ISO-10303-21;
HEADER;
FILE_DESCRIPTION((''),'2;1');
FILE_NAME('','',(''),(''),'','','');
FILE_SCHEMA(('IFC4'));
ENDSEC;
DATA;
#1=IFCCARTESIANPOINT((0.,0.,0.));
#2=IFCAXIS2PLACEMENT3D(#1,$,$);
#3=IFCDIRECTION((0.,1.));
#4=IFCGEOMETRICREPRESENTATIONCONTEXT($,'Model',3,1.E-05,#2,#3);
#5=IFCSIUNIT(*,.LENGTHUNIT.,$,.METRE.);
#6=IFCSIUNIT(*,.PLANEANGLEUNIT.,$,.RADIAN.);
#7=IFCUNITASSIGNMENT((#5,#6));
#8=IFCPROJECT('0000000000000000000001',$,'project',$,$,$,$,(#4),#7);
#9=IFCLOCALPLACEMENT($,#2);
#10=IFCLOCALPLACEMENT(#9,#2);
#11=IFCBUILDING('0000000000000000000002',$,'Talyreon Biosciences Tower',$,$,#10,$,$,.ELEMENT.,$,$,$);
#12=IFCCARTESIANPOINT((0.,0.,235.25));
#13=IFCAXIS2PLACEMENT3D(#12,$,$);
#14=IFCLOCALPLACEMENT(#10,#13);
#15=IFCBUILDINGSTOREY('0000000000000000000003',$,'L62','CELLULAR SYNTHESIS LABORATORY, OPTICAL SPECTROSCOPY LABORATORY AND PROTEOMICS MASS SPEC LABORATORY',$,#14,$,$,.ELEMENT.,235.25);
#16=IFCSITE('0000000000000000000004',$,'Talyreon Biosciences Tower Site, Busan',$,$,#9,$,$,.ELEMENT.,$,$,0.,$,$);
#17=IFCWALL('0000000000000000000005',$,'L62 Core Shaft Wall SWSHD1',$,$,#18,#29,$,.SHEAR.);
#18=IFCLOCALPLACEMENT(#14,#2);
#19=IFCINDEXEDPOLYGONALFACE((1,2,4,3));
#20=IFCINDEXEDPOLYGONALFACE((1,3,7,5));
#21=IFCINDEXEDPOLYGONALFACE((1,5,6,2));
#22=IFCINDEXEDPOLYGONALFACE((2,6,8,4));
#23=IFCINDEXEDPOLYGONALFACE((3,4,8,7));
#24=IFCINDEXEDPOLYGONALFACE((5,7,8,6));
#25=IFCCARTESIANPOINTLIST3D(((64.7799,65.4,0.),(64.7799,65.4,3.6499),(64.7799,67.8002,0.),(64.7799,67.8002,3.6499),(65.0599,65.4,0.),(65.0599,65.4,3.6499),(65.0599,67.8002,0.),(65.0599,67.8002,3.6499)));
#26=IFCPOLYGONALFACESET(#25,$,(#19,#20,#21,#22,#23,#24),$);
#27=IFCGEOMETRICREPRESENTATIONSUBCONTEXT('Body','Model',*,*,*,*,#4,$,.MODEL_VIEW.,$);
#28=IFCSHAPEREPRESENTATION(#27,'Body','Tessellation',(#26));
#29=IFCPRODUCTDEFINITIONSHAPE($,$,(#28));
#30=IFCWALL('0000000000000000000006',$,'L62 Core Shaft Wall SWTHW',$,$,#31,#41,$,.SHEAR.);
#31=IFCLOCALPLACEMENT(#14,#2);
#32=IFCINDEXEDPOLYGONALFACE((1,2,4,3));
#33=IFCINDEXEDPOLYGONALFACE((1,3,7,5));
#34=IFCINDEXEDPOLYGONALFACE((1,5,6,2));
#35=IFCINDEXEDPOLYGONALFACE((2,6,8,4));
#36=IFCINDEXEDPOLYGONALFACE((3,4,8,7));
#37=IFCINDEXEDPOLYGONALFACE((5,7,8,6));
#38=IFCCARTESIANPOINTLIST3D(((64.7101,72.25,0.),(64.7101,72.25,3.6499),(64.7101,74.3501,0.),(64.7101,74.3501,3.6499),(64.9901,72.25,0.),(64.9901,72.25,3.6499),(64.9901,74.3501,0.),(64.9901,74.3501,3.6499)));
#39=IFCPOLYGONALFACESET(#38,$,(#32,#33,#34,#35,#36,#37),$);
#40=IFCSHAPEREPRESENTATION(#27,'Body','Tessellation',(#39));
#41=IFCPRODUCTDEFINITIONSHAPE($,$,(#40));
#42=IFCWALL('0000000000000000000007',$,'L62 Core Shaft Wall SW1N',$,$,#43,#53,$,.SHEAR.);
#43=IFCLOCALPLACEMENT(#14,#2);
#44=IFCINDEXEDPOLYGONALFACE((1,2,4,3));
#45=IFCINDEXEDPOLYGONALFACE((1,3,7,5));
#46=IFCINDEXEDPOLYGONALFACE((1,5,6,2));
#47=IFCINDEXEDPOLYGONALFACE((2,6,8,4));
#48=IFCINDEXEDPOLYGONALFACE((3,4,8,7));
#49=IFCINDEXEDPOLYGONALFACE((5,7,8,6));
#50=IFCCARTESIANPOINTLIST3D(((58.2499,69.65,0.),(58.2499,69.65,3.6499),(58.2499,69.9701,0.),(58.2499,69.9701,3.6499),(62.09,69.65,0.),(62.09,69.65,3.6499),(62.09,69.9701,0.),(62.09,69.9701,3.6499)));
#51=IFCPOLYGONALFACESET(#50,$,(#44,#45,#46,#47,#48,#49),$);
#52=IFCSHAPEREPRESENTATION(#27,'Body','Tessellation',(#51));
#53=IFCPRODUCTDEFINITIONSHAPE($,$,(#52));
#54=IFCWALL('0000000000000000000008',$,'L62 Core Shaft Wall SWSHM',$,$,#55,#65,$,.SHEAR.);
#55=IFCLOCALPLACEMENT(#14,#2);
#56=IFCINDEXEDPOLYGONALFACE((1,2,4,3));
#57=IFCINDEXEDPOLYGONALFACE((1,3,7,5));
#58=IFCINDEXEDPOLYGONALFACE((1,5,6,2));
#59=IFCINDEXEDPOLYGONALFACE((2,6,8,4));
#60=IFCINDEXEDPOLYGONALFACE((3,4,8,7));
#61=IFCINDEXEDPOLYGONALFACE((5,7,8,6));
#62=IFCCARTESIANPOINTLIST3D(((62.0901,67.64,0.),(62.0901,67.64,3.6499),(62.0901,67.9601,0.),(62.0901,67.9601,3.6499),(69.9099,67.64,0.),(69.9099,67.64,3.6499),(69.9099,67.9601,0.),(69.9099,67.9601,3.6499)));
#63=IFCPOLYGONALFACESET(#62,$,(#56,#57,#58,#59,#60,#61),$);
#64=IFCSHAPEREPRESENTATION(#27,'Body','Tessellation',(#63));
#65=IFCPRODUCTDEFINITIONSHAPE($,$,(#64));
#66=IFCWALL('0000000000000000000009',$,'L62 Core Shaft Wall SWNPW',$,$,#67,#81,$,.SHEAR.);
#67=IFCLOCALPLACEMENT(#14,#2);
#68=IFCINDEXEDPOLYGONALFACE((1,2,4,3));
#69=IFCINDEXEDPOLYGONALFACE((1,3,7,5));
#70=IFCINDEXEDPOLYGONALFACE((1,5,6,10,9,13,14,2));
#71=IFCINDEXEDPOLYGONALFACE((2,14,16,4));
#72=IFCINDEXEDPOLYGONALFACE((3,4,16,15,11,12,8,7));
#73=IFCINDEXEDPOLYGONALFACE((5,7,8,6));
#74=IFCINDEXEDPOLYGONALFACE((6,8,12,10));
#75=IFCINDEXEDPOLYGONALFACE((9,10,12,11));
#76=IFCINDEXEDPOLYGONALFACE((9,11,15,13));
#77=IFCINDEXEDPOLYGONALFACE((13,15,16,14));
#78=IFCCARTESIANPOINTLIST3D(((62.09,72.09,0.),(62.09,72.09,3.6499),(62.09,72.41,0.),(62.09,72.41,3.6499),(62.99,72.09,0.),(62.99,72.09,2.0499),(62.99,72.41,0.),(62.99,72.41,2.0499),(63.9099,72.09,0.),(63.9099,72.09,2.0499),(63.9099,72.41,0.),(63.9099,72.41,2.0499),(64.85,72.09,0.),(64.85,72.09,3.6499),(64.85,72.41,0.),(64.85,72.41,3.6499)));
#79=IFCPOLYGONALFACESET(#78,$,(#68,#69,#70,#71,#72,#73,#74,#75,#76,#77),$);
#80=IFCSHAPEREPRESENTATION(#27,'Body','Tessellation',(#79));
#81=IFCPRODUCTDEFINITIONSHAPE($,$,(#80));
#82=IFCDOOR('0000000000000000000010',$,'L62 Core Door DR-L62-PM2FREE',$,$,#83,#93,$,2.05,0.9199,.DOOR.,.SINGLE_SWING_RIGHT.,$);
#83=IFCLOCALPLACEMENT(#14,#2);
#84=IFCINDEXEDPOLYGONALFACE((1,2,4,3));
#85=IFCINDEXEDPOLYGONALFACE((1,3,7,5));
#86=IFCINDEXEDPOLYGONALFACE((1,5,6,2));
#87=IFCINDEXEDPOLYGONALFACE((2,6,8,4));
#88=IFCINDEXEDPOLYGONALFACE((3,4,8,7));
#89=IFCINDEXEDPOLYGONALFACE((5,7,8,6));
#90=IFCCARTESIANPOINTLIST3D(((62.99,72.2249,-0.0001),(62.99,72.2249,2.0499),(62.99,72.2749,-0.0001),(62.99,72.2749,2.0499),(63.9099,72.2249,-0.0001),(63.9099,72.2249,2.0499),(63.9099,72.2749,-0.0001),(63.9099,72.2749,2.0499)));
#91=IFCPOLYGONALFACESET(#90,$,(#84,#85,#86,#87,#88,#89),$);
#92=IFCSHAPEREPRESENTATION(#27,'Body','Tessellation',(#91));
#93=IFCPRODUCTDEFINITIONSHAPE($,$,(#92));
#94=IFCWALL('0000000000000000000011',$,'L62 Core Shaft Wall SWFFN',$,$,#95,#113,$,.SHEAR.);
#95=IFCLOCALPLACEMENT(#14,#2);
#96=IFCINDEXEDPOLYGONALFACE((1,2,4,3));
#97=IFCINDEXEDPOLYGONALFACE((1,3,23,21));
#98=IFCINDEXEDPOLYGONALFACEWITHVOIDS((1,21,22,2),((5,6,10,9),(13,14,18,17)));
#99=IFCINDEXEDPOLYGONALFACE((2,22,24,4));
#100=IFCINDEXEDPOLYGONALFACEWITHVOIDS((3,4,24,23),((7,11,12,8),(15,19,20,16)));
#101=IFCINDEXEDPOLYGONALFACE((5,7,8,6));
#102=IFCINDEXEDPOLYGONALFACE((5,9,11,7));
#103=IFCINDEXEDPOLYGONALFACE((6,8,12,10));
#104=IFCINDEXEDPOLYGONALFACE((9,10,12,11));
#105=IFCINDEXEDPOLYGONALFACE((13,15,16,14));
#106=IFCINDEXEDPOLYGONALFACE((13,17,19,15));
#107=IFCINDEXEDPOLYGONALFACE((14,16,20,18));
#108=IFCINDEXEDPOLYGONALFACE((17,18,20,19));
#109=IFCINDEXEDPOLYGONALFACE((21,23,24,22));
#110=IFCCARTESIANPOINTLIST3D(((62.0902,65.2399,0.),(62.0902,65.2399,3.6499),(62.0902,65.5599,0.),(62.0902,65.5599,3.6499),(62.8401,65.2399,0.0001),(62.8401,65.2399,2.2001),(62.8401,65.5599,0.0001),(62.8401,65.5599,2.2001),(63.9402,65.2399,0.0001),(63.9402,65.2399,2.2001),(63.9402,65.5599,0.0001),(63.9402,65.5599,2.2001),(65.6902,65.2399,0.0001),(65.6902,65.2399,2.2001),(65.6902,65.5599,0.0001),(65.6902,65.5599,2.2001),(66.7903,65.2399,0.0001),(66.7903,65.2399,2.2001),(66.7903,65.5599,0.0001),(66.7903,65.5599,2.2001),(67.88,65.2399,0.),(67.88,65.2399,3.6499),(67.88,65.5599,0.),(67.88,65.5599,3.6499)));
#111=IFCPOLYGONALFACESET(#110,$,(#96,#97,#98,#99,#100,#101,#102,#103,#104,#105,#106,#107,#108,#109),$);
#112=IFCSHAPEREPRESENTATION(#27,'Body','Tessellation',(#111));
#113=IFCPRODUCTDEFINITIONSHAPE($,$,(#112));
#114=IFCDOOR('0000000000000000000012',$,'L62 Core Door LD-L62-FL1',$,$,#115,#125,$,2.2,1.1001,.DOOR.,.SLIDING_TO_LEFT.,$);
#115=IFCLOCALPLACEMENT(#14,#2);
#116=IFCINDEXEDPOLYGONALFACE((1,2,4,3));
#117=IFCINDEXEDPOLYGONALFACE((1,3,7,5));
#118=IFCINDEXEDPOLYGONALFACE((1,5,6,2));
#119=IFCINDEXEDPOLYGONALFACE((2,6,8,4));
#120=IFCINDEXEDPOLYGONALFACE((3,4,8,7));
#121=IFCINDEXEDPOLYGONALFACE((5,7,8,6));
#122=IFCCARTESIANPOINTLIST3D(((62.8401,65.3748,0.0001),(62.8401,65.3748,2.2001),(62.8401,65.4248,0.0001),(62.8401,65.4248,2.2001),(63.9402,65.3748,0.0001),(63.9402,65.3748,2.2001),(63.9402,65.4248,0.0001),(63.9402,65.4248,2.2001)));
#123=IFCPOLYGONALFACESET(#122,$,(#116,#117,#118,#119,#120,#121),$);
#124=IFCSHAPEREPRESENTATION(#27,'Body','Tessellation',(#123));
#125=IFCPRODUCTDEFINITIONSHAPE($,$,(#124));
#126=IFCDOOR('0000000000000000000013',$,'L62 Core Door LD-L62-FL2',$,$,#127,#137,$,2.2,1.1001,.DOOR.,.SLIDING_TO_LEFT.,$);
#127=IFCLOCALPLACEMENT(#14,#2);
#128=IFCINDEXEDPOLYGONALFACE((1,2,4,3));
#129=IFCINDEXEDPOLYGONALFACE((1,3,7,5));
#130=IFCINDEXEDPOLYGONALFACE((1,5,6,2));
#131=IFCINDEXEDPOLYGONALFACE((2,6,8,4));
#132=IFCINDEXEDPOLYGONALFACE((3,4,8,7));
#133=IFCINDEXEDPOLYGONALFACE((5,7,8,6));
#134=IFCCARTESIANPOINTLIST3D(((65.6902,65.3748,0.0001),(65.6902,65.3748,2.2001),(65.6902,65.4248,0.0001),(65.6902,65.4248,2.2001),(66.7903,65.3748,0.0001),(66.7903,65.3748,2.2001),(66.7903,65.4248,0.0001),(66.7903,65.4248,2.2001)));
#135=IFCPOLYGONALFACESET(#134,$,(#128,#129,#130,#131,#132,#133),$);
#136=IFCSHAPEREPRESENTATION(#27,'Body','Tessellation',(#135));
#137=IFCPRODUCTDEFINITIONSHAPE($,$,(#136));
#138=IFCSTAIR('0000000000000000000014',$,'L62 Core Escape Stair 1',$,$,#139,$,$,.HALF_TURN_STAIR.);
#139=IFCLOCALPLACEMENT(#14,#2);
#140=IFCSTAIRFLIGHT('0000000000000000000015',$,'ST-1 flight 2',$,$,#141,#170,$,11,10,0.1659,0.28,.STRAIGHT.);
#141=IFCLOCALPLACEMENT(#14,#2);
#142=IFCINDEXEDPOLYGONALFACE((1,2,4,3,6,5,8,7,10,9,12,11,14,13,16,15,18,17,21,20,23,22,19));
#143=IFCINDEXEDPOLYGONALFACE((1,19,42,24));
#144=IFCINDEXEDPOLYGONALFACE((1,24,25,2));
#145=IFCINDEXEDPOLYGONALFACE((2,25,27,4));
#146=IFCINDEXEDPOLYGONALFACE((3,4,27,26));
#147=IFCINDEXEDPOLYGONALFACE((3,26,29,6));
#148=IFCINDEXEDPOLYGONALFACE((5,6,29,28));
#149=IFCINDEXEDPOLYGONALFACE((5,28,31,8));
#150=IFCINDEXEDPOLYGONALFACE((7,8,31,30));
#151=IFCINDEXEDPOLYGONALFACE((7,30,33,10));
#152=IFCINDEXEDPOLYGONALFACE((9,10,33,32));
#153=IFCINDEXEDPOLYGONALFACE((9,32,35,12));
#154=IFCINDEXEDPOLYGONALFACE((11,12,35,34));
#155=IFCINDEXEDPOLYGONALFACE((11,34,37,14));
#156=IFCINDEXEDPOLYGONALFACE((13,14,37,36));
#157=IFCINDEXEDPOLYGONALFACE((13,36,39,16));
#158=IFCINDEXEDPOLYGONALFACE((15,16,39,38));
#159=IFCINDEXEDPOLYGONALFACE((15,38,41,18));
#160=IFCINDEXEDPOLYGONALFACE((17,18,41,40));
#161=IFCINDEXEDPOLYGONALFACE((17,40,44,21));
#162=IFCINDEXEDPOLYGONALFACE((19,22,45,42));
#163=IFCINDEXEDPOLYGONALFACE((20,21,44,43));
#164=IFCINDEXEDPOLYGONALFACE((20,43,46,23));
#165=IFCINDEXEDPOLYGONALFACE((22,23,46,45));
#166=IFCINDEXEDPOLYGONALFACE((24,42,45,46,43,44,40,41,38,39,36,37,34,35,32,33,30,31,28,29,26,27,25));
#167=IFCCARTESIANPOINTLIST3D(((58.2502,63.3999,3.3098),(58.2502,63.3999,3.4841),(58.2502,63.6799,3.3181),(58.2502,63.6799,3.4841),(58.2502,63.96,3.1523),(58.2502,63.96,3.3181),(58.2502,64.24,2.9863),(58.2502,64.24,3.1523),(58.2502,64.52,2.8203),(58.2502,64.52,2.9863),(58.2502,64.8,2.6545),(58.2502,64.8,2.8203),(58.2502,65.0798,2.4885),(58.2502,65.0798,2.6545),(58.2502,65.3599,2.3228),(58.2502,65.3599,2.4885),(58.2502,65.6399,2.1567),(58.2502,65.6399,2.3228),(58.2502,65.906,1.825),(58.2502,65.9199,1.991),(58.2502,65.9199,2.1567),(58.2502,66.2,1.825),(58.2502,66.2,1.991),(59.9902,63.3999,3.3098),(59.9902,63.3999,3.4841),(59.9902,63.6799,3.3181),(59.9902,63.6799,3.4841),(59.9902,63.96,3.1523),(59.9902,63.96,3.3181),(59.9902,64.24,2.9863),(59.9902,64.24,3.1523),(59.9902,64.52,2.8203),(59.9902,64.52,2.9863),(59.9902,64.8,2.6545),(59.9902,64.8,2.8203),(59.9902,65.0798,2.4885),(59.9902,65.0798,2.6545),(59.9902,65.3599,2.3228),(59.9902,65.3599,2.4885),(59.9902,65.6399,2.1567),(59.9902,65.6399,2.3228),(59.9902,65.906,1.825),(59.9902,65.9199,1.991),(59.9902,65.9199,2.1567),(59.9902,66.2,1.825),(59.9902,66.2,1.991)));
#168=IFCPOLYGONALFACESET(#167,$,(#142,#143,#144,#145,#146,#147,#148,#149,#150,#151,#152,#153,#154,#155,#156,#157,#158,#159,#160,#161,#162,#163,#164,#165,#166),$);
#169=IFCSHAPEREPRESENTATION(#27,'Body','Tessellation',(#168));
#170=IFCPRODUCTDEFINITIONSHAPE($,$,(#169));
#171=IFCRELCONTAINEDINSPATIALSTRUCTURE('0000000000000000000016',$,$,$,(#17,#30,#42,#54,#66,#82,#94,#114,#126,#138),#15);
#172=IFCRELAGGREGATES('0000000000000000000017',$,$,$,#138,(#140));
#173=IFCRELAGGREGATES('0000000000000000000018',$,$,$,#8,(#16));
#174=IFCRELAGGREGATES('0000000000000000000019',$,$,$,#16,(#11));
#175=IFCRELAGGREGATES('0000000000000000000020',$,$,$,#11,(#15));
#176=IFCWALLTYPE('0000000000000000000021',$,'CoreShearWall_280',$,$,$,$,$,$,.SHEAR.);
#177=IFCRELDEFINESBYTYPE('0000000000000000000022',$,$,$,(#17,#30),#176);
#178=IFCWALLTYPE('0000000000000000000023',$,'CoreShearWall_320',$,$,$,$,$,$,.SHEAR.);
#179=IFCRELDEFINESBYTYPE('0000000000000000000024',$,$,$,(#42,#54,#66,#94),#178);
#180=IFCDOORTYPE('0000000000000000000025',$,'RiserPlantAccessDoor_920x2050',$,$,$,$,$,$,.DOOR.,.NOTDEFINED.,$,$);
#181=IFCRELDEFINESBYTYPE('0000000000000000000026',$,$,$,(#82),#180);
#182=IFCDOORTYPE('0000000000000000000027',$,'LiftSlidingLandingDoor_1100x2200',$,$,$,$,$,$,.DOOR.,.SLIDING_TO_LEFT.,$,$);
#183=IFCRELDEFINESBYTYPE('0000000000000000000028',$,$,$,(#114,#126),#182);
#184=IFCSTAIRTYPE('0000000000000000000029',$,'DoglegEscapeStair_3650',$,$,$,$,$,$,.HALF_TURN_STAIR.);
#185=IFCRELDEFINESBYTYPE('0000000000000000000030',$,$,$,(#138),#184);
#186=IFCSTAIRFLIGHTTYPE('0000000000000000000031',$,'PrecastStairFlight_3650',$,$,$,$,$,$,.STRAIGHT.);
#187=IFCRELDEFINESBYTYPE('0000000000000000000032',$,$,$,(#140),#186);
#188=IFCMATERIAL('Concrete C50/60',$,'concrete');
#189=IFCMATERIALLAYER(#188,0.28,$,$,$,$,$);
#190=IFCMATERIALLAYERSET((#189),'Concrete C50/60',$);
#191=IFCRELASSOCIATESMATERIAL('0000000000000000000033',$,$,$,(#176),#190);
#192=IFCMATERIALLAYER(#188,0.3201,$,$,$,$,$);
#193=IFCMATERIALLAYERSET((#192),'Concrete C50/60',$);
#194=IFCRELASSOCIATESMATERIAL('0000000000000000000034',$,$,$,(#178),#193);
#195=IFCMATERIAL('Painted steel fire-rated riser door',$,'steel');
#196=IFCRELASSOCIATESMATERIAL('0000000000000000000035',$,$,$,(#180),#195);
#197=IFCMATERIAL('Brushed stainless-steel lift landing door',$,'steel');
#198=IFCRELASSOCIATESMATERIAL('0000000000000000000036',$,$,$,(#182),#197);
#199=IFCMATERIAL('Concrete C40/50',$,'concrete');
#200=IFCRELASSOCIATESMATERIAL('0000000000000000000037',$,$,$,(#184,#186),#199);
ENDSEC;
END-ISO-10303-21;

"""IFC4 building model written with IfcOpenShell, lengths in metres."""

from ifc_helpers import new_model, si_unit, direction, frame, frame_2d, origin, place, context, subcontext, project, spatial, polyline, rectangle, outline, extrude, material, layer, layer_set, type_object, element, fill, aggregate, save


model = new_model("IFC4")

# Units and contexts
model_context = context("Model", 3, precision=1e-05, world=origin(), true_north=direction((0.0, 1.0)))
body_context = subcontext(model_context, "Body", "Model", "MODEL_VIEW")
ifc_project = project(units=[si_unit("LENGTHUNIT", "METRE"), si_unit("PLANEANGLEUNIT", "RADIAN")], contexts=[model_context])

# Site, building, storey
site_placement = place(None, origin())
site = spatial("IfcSite", under=ifc_project, at=site_placement, Name="Talyreon Biosciences Tower Site, Busan", CompositionType="ELEMENT", RefElevation=0.0)
building_placement = place(site_placement, origin())
building = spatial("IfcBuilding", under=site, at=building_placement, Name="Talyreon Biosciences Tower", CompositionType="ELEMENT")
storey_placement = place(building_placement, frame((0.0, 0.0, 235.25)))
storey = spatial("IfcBuildingStorey", under=building, at=storey_placement, Name="L62", Description="CELLULAR SYNTHESIS LABORATORY, OPTICAL SPECTROSCOPY LABORATORY AND PROTEOMICS MASS SPEC LABORATORY", CompositionType="ELEMENT", Elevation=235.25)

# Walls
ifc_material_1 = material(Name="Concrete C50/60", Category="concrete")
ifc_layer_1 = layer(ifc_material_1, 0.28)
ifc_layer_set_1 = layer_set([ifc_layer_1], Name="Concrete C50/60")
wall_type_1 = type_object("IfcWallType", Name="CoreShearWall_280", PredefinedType="SHEAR", material=ifc_layer_set_1)
wall_1_placement = place(storey_placement, frame((64.9199, 65.3999, 0.0), z_axis=(0.0, 0.0, 1.0), x_axis=(0.0, 1.0, 0.0)))
element("IfcWall", 1, at=wall_1_placement, inside=storey, type_object=wall_type_1, Name="L62 Core Shaft Wall SWSHD1", PredefinedType="SHEAR", context=body_context, shape_type="SweptSolid", body=[
    extrude(rectangle(XDim=2.4001, YDim=0.28, at=frame_2d((1.2002, 0.0))), origin(), (0.0, 0.0, 1.0), 3.6499),
])
wall_2_placement = place(storey_placement, frame((64.8501, 72.25, 0.0), z_axis=(0.0, 0.0, 1.0), x_axis=(0.0, 1.0, 0.0)))
element("IfcWall", 2, at=wall_2_placement, inside=storey, type_object=wall_type_1, Name="L62 Core Shaft Wall SWTHW", PredefinedType="SHEAR", context=body_context, shape_type="SweptSolid", body=[
    extrude(rectangle(XDim=2.1001, YDim=0.28, at=frame_2d((1.05, 0.0))), origin(), (0.0, 0.0, 1.0), 3.6499),
])
ifc_layer_2 = layer(ifc_material_1, 0.3201)
ifc_layer_set_2 = layer_set([ifc_layer_2], Name="Concrete C50/60")
wall_type_2 = type_object("IfcWallType", Name="CoreShearWall_320", PredefinedType="SHEAR", material=ifc_layer_set_2)
wall_3_placement = place(storey_placement, frame((58.25, 69.8101, 0.0), z_axis=(0.0, 0.0, 1.0), x_axis=(1.0, 0.0, 0.0)))
element("IfcWall", 3, at=wall_3_placement, inside=storey, type_object=wall_type_2, Name="L62 Core Shaft Wall SW1N", PredefinedType="SHEAR", context=body_context, shape_type="SweptSolid", body=[
    extrude(rectangle(XDim=3.8401, YDim=0.3201, at=frame_2d((1.9199, 0.0))), origin(), (0.0, 0.0, 1.0), 3.6499),
])
wall_4_placement = place(storey_placement, frame((62.0901, 67.8, 0.0), z_axis=(0.0, 0.0, 1.0), x_axis=(1.0, 0.0, 0.0)))
element("IfcWall", 4, at=wall_4_placement, inside=storey, type_object=wall_type_2, Name="L62 Core Shaft Wall SWSHM", PredefinedType="SHEAR", context=body_context, shape_type="SweptSolid", body=[
    extrude(rectangle(XDim=7.8198, YDim=0.3201, at=frame_2d((3.9099, 0.0))), origin(), (0.0, 0.0, 1.0), 3.6499),
])

# Wall, opening, door
wall_5_placement = place(storey_placement, frame((62.0901, 72.25, 0.0), z_axis=(0.0, 0.0, 1.0), x_axis=(1.0, 0.0, 0.0)))
wall_5 = element("IfcWall", 5, at=wall_5_placement, inside=storey, type_object=wall_type_2, Name="L62 Core Shaft Wall SWNPW", PredefinedType="SHEAR", context=body_context, shape_type="SweptSolid", body=[
    extrude(rectangle(XDim=2.76, YDim=0.3201, at=frame_2d((1.3799, 0.0))), origin(), (0.0, 0.0, 1.0), 3.6499),
])
opening_1_placement = place(wall_5_placement, frame((0.8999, 0.0, 0.0)))
opening_1 = element("IfcOpeningElement", 6, at=opening_1_placement, cuts=wall_5, PredefinedType="OPENING", context=body_context, shape_type="SweptSolid", body=[
    extrude(rectangle(XDim=0.9199, YDim=2.05, at=frame_2d((0.46, 1.0249))), frame((0.0, 0.1699, 0.0), z_axis=(0.0, -1.0, 0.0), x_axis=(1.0, 0.0, 0.0)), (0.0, 0.0, 1.0), 0.3401),
])
ifc_material_2 = material(Name="Painted steel fire-rated riser door", Category="steel")
door_type_1 = type_object("IfcDoorType", Name="RiserPlantAccessDoor_920x2050", OperationType="NOTDEFINED", PredefinedType="DOOR", material=ifc_material_2)
door_1_placement = place(opening_1_placement, origin())
door_1 = element("IfcDoor", 7, at=door_1_placement, inside=storey, type_object=door_type_1, Name="L62 Core Door DR-L62-PM2FREE", OperationType="SINGLE_SWING_RIGHT", OverallHeight=2.05, OverallWidth=0.9199, PredefinedType="DOOR", context=body_context, shape_type="SweptSolid", body=[
    extrude(rectangle(XDim=0.9199, YDim=2.05, at=frame_2d((0.46, 1.0249))), frame((0.0, 0.0249, 0.0), z_axis=(0.0, -1.0, 0.0), x_axis=(1.0, 0.0, 0.0)), (0.0, 0.0, 1.0), 0.05),
])
fill(opening_1, door_1)

# Wall, openings, doors
wall_6_placement = place(storey_placement, frame((62.0901, 65.3999, 0.0), z_axis=(0.0, 0.0, 1.0), x_axis=(1.0, 0.0, 0.0)))
wall_6 = element("IfcWall", 8, at=wall_6_placement, inside=storey, type_object=wall_type_2, Name="L62 Core Shaft Wall SWFFN", PredefinedType="SHEAR", context=body_context, shape_type="SweptSolid", body=[
    extrude(rectangle(XDim=5.7898, YDim=0.3201, at=frame_2d((2.895, 0.0))), origin(), (0.0, 0.0, 1.0), 3.6499),
])
opening_2_placement = place(wall_6_placement, frame((0.75, 0.0, 0.0)))
opening_2 = element("IfcOpeningElement", 9, at=opening_2_placement, cuts=wall_6, PredefinedType="OPENING", context=body_context, shape_type="SweptSolid", body=[
    extrude(rectangle(XDim=1.1001, YDim=2.2, at=frame_2d((0.55, 1.1001))), frame((0.0, 0.1699, 0.0), z_axis=(0.0, -1.0, 0.0), x_axis=(1.0, 0.0, 0.0)), (0.0, 0.0, 1.0), 0.3401),
])
opening_3_placement = place(wall_6_placement, frame((3.6001, 0.0, 0.0)))
opening_3 = element("IfcOpeningElement", 10, at=opening_3_placement, cuts=wall_6, PredefinedType="OPENING", context=body_context, shape_type="SweptSolid", body=[
    extrude(rectangle(XDim=1.1001, YDim=2.2, at=frame_2d((0.55, 1.1001))), frame((0.0, 0.1699, 0.0), z_axis=(0.0, -1.0, 0.0), x_axis=(1.0, 0.0, 0.0)), (0.0, 0.0, 1.0), 0.3401),
])
ifc_material_3 = material(Name="Brushed stainless-steel lift landing door", Category="steel")
door_type_2 = type_object("IfcDoorType", Name="LiftSlidingLandingDoor_1100x2200", OperationType="SLIDING_TO_LEFT", PredefinedType="DOOR", material=ifc_material_3)
door_2_placement = place(opening_2_placement, origin())
door_2 = element("IfcDoor", 11, at=door_2_placement, inside=storey, type_object=door_type_2, Name="L62 Core Door LD-L62-FL1", OperationType="SLIDING_TO_LEFT", OverallHeight=2.2, OverallWidth=1.1001, PredefinedType="DOOR", context=body_context, shape_type="SweptSolid", body=[
    extrude(rectangle(XDim=1.1001, YDim=2.2, at=frame_2d((0.55, 1.1001))), frame((0.0, 0.0249, 0.0), z_axis=(0.0, -1.0, 0.0), x_axis=(1.0, 0.0, 0.0)), (0.0, 0.0, 1.0), 0.05),
])
fill(opening_2, door_2)
door_3_placement = place(opening_3_placement, origin())
door_3 = element("IfcDoor", 12, at=door_3_placement, inside=storey, type_object=door_type_2, Name="L62 Core Door LD-L62-FL2", OperationType="SLIDING_TO_LEFT", OverallHeight=2.2, OverallWidth=1.1001, PredefinedType="DOOR", context=body_context, shape_type="SweptSolid", body=[
    extrude(rectangle(XDim=1.1001, YDim=2.2, at=frame_2d((0.55, 1.1001))), frame((0.0, 0.0249, 0.0), z_axis=(0.0, -1.0, 0.0), x_axis=(1.0, 0.0, 0.0)), (0.0, 0.0, 1.0), 0.05),
])
fill(opening_3, door_3)

# Stair, stair flight
ifc_material_4 = material(Name="Concrete C40/50", Category="concrete")
stair_type = type_object("IfcStairType", Name="DoglegEscapeStair_3650", PredefinedType="HALF_TURN_STAIR", material=ifc_material_4)
stair_placement = place(storey_placement, origin())
stair = element("IfcStair", 13, at=stair_placement, inside=storey, type_object=stair_type, Name="L62 Core Escape Stair 1", PredefinedType="HALF_TURN_STAIR")
stair_flight_type = type_object("IfcStairFlightType", Name="PrecastStairFlight_3650", PredefinedType="STRAIGHT", material=ifc_material_4)
stair_flight_placement = place(storey_placement, frame((59.1201, 66.2, 1.825), z_axis=(0.0, 0.0, 1.0), x_axis=(0.0, -1.0, 0.0)))
stair_flight = element("IfcStairFlight", 14, at=stair_flight_placement, type_object=stair_flight_type, Name="ST-1 flight 2", NumberOfRisers=11, NumberOfTreads=10, PredefinedType="STRAIGHT", RiserHeight=0.1659, TreadLength=0.28, context=body_context, shape_type="SweptSolid", body=[
    extrude(outline(polyline([(0.0, 0.0), (0.0, 0.166), (0.28, 0.166), (0.28, 0.3318), (0.5601, 0.3318), (0.5601, 0.4978), (0.8401, 0.4978), (0.8401, 0.6636), (1.1201, 0.6636), (1.1201, 0.8296), (1.3999, 0.8296), (1.3999, 0.9954), (1.6799, 0.9954), (1.6799, 1.1614), (1.96, 1.1614), (1.96, 1.3274), (2.24, 1.3274), (2.24, 1.4932), (2.52, 1.4932), (2.52, 1.6592), (2.8, 1.6592), (2.8, 1.825), (2.8, 1.4849), (0.2939, 0.0), (0.0, 0.0)])), frame((0.0, 0.8701, 0.0), z_axis=(0.0, -1.0, 0.0), x_axis=(1.0, 0.0, 0.0)), (0.0, 0.0, 1.0), 1.74),
])
aggregate(stair, [stair_flight])

save(model, "model.ifc")
